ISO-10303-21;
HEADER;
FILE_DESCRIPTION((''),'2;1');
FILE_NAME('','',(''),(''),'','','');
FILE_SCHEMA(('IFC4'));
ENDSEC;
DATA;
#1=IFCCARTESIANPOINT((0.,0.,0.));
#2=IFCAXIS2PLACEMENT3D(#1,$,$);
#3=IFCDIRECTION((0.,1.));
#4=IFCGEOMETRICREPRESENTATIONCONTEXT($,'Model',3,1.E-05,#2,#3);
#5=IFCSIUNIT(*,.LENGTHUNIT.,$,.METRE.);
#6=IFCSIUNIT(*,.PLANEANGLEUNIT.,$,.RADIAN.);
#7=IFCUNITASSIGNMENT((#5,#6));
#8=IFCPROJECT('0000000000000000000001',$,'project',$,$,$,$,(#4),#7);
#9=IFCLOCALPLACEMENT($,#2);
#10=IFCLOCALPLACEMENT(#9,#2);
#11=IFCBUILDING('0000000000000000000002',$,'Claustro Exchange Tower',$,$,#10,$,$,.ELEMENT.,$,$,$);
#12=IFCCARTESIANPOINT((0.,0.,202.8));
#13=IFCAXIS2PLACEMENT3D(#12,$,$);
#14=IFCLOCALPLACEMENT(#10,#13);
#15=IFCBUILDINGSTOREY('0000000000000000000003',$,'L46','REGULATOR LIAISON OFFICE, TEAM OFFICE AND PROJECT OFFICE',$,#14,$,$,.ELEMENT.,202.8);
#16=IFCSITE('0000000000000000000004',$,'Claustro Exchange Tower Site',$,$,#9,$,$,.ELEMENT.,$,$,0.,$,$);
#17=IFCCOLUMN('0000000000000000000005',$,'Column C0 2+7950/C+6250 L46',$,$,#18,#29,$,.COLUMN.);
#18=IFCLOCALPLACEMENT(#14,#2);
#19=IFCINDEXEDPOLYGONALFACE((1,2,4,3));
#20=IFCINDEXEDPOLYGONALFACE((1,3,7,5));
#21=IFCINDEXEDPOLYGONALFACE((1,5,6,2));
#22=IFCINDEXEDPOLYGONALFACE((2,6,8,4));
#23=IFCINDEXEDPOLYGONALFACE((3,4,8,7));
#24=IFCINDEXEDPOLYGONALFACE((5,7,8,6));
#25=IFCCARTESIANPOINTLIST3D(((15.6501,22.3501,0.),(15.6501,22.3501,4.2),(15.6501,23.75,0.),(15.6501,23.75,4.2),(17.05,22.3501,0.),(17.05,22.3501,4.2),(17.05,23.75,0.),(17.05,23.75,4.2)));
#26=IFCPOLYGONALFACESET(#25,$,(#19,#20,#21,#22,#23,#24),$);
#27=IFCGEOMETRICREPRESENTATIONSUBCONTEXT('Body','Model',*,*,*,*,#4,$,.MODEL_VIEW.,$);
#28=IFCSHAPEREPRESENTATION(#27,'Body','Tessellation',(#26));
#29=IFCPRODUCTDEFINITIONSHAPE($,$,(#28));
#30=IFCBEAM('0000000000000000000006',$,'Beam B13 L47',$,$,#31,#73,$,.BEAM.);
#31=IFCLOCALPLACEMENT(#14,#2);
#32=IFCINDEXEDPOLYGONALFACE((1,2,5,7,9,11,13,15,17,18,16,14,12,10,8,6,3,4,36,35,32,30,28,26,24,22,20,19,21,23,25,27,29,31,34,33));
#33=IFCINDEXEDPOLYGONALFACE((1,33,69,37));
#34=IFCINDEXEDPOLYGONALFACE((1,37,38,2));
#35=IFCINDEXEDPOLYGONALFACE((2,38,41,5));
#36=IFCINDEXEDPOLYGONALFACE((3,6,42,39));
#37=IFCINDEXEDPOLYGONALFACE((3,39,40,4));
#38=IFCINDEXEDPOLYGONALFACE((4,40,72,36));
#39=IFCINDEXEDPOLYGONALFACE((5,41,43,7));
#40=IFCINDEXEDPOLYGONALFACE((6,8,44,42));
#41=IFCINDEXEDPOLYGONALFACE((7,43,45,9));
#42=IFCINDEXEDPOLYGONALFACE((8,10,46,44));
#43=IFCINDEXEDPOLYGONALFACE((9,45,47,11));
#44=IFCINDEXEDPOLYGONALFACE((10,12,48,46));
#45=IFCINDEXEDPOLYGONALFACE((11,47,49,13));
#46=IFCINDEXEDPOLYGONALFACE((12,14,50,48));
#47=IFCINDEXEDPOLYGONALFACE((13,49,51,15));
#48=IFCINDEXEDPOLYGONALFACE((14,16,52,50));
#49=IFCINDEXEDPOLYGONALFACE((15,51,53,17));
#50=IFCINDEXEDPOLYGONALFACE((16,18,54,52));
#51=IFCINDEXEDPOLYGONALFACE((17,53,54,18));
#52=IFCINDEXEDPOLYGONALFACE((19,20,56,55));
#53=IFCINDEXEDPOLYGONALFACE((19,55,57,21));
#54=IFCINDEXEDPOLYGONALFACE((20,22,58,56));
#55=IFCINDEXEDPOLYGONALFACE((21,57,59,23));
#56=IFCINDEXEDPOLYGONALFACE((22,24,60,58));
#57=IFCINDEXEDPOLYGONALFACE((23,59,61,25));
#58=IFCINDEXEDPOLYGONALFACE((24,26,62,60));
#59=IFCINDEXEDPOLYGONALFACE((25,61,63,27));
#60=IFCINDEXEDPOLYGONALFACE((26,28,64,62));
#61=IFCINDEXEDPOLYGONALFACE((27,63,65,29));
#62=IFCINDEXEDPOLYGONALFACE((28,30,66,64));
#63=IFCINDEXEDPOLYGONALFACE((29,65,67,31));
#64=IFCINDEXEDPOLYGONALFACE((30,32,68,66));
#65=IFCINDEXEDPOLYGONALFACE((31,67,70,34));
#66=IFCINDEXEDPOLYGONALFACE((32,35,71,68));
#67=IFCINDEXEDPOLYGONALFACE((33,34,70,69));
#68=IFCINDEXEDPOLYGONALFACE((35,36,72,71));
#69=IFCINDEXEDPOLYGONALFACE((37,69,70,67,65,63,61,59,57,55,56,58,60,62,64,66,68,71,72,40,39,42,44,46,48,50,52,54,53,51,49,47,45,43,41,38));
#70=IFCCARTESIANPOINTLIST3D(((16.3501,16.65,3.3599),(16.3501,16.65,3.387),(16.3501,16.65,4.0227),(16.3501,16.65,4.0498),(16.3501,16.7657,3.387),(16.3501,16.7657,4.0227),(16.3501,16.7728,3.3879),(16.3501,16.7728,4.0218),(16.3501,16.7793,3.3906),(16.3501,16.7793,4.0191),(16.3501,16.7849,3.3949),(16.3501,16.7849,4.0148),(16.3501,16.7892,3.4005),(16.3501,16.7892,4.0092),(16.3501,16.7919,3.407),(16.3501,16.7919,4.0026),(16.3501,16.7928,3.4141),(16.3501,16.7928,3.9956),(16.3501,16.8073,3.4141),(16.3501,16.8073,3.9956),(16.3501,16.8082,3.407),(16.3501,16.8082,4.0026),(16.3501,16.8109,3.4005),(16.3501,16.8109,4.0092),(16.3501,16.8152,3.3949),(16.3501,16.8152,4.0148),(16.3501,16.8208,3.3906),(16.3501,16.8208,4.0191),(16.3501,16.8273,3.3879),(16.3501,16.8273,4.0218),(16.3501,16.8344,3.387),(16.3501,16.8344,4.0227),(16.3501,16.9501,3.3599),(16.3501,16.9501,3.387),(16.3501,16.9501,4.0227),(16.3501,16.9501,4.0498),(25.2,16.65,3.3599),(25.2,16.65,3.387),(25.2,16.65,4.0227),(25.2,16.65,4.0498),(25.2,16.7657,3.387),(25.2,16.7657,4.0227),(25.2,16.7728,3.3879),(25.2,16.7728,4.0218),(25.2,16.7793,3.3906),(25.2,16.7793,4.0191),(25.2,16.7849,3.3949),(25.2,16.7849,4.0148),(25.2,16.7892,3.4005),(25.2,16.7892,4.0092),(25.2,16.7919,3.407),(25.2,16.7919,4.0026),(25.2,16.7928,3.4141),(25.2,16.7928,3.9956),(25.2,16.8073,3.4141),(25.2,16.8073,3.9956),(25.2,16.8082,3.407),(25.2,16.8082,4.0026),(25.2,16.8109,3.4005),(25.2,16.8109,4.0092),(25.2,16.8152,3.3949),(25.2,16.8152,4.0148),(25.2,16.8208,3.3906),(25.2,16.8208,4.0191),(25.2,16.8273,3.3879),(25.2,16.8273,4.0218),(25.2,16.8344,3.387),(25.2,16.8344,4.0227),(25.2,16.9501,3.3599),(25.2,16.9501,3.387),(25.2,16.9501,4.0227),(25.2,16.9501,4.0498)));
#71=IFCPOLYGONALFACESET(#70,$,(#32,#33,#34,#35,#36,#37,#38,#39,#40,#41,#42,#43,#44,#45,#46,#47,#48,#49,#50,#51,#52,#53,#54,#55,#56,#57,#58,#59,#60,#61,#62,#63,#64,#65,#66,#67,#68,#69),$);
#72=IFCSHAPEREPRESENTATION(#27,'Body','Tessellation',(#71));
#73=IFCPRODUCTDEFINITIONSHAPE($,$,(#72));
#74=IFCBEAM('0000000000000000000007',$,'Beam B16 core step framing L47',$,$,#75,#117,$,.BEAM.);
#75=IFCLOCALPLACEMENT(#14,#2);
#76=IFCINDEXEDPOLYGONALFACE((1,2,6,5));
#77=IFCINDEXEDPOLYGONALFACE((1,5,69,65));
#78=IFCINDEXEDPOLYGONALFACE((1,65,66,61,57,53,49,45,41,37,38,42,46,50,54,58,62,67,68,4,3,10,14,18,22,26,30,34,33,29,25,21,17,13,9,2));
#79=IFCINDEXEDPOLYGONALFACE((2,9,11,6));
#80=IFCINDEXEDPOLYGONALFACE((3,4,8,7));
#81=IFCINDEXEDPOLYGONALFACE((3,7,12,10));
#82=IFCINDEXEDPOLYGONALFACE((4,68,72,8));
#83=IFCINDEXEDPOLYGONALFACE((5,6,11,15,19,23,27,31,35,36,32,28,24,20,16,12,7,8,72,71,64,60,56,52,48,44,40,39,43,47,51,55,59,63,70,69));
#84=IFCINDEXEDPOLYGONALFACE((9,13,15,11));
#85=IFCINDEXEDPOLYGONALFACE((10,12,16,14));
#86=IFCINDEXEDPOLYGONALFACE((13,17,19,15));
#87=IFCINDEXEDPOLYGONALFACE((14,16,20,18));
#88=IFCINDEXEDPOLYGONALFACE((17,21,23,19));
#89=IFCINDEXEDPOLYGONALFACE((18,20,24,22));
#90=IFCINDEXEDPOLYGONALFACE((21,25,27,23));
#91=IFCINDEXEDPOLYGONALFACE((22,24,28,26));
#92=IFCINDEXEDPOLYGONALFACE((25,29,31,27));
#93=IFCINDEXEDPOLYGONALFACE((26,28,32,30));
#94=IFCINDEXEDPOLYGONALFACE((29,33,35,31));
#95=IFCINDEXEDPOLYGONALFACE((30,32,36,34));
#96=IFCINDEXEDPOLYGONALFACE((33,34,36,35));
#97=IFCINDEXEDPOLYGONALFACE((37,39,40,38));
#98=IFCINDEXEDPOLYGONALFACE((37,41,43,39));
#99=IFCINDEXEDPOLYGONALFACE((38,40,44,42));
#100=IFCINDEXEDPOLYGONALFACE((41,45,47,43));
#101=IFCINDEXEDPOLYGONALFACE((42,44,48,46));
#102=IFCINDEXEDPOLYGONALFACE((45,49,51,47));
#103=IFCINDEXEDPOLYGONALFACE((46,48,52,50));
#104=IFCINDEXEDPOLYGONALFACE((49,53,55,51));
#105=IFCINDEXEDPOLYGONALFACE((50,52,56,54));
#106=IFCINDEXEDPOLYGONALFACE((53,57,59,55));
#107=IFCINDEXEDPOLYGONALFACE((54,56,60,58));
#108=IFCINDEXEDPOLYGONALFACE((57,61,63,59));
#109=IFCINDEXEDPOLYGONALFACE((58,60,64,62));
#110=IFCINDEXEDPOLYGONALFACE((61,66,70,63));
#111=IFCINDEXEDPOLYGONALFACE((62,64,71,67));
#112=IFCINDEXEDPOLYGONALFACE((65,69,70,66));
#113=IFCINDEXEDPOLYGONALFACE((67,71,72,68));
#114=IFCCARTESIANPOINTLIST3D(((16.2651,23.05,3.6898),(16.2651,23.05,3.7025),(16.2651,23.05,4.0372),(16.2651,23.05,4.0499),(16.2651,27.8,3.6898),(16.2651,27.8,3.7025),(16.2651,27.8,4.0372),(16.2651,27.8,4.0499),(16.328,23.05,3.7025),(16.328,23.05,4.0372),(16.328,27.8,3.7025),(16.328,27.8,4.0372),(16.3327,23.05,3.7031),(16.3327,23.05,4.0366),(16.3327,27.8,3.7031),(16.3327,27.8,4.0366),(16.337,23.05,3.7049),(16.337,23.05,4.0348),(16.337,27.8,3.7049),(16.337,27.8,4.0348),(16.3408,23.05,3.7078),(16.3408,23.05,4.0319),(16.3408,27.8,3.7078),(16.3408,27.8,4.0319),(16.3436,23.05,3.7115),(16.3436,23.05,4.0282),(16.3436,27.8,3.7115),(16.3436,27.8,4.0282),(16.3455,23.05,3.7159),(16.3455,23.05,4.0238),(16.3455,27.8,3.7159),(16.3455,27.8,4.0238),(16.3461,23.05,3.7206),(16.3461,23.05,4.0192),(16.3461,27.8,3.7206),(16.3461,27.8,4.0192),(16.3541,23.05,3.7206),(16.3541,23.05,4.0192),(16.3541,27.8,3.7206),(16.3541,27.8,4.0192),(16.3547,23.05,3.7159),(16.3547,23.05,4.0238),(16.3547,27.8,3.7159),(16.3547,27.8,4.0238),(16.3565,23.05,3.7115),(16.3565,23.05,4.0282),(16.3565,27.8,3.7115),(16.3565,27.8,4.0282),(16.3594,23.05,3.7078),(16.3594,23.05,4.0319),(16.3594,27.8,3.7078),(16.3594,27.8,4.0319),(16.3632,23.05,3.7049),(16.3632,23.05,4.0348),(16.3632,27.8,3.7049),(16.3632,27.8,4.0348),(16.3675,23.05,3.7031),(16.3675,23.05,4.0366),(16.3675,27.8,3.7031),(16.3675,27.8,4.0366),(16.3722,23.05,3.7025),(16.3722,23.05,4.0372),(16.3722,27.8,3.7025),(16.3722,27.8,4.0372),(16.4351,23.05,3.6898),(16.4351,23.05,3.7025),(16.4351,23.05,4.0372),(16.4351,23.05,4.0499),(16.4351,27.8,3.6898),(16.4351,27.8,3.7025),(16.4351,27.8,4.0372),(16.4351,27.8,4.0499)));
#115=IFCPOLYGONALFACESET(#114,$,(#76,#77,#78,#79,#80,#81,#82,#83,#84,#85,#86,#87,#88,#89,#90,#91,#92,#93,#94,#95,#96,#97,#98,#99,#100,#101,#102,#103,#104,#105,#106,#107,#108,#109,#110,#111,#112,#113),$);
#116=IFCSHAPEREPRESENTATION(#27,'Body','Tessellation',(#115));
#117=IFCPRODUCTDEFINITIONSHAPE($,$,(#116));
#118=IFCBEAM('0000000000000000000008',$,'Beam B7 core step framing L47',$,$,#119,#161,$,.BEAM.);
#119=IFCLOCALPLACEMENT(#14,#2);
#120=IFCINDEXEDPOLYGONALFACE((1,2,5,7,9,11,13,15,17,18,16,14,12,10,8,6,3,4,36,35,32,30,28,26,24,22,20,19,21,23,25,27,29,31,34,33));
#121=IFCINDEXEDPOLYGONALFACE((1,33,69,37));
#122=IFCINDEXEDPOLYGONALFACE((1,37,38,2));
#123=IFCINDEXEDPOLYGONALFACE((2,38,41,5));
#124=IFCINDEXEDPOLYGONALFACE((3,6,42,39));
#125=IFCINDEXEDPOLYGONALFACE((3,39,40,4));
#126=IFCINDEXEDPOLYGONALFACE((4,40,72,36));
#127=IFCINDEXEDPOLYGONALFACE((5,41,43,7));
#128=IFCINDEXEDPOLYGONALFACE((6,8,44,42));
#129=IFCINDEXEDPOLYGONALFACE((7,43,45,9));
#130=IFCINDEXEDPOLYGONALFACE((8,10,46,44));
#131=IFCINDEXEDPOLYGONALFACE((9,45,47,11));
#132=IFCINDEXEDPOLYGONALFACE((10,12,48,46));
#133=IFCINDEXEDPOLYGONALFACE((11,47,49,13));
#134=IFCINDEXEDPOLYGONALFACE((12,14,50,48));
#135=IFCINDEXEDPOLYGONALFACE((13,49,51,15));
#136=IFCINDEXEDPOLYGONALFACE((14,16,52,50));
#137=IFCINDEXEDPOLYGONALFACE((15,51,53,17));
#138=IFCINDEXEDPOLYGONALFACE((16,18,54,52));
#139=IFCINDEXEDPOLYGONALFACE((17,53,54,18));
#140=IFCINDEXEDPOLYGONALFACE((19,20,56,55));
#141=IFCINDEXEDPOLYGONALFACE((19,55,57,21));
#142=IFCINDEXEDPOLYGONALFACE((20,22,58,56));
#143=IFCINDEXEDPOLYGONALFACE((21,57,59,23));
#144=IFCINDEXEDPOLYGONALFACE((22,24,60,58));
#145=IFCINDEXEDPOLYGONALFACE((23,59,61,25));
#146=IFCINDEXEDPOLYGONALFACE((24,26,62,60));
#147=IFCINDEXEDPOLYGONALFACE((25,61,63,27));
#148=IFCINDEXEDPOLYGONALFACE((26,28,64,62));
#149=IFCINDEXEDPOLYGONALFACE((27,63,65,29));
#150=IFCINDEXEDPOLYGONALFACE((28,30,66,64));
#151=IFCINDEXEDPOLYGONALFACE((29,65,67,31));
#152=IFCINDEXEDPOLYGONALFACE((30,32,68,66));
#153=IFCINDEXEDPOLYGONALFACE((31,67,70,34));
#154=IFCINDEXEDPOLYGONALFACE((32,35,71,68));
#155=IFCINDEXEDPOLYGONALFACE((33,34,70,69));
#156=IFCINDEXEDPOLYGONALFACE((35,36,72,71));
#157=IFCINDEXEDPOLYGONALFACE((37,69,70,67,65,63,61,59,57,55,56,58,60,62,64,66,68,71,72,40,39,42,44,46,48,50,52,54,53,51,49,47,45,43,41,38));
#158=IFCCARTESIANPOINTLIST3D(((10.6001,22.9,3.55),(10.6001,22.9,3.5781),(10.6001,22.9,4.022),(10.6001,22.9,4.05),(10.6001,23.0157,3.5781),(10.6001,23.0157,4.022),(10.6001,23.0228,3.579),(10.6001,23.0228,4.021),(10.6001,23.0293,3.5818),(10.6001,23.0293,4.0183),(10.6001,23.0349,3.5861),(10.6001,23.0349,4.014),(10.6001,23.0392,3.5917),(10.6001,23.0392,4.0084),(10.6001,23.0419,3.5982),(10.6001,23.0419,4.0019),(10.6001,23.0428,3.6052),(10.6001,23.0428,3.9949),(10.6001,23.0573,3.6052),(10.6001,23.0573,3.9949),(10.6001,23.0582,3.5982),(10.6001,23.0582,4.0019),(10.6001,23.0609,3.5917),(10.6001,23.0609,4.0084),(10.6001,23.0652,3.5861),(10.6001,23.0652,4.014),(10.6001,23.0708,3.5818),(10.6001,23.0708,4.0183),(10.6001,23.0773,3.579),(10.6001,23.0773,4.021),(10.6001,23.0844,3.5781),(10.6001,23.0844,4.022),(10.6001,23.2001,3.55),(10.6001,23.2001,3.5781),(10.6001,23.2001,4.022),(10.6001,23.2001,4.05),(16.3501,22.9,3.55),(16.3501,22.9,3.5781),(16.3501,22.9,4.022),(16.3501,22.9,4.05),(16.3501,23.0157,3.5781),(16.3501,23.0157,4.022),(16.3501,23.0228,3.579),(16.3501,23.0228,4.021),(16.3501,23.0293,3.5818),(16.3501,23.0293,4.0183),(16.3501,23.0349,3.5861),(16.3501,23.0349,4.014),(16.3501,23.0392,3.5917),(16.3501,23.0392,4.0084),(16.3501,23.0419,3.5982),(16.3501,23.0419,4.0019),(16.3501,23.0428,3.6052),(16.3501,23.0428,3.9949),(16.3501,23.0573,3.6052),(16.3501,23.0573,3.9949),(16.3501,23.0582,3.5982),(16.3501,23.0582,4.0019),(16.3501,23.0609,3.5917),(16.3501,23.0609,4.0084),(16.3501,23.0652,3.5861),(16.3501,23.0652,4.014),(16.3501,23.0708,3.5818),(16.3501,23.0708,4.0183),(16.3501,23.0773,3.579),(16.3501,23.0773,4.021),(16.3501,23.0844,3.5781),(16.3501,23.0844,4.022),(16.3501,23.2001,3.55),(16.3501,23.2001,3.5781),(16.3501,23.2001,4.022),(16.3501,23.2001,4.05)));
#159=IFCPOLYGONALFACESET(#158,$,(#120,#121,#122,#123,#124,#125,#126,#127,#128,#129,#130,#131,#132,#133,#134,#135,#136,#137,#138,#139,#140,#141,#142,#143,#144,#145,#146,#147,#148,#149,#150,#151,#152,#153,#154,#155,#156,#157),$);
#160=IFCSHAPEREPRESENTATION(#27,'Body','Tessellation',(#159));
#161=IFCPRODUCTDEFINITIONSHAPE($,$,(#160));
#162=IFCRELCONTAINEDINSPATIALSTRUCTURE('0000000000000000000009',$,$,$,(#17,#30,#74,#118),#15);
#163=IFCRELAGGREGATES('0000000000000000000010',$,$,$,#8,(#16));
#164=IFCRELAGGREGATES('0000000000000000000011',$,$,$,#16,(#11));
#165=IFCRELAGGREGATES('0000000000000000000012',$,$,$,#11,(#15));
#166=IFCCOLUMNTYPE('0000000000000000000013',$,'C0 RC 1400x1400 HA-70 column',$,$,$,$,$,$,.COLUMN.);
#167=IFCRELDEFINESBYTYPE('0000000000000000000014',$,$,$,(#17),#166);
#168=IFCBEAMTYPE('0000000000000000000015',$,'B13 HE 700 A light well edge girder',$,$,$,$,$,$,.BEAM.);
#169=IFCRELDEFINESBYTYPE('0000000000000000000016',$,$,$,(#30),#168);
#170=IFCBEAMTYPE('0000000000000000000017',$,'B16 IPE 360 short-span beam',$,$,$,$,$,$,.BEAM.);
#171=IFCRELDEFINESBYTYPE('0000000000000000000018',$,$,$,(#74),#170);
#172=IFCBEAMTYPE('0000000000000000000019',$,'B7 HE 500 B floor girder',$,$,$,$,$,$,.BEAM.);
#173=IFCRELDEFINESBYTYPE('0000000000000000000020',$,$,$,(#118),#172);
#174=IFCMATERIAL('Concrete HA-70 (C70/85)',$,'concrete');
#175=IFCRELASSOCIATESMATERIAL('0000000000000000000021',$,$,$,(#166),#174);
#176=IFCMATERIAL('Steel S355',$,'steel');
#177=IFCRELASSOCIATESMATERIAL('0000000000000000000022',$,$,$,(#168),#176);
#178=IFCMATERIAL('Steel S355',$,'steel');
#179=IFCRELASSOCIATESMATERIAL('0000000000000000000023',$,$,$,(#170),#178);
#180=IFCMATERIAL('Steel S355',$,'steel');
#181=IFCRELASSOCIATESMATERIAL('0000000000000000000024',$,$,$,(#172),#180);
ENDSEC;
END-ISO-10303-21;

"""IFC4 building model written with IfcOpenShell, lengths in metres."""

from ifc_helpers import new_model, si_unit, direction, frame, origin, origin_2d, place, context, subcontext, project, spatial, rectangle, i_section, extrude, material, material_profile, profile_set, type_object, element, save


model = new_model("IFC4")

# Units and contexts
model_context = context("Model", 3, precision=1e-05, world=origin(), true_north=direction((0.0, 1.0)))
body_context = subcontext(model_context, "Body", "Model", "MODEL_VIEW")
ifc_project = project(units=[si_unit("LENGTHUNIT", "METRE"), si_unit("PLANEANGLEUNIT", "RADIAN")], contexts=[model_context])

# Site, building, storey
site_placement = place(None, origin())
site = spatial("IfcSite", under=ifc_project, at=site_placement, Name="Claustro Exchange Tower Site", CompositionType="ELEMENT", RefElevation=0.0)
building_placement = place(site_placement, origin())
building = spatial("IfcBuilding", under=site, at=building_placement, Name="Claustro Exchange Tower", CompositionType="ELEMENT")
storey_placement = place(building_placement, frame((0.0, 0.0, 202.8)))
storey = spatial("IfcBuildingStorey", under=building, at=storey_placement, Name="L46", Description="REGULATOR LIAISON OFFICE, TEAM OFFICE AND PROJECT OFFICE", CompositionType="ELEMENT", Elevation=202.8)

# Column
ifc_material_1 = material(Name="Concrete HA-70 (C70/85)", Category="concrete")
ifc_material_profile_1 = material_profile(ifc_material_1, rectangle(XDim=1.3999, YDim=1.3999, at=origin_2d()), Name="RC 1400x1400")
ifc_profile_set_1 = profile_set([ifc_material_profile_1], Name="Concrete HA-70 (C70/85)")
column_type = type_object("IfcColumnType", Name="C0 RC 1400x1400 HA-70 column", PredefinedType="COLUMN", material=ifc_profile_set_1)
column_placement = place(storey_placement, frame((16.3501, 23.05, 0.0), z_axis=(0.0, 0.0, 1.0), x_axis=(1.0, 0.0, 0.0)))
element("IfcColumn", 1, at=column_placement, inside=storey, type_object=column_type, Name="Column C0 2+7950/C+6250 L46", PredefinedType="COLUMN", context=body_context, shape_type="SweptSolid", body=[
    extrude(rectangle(XDim=1.3999, YDim=1.3999, at=origin_2d()), origin(), (0.0, 0.0, 1.0), 4.2),
])

# Beams
ifc_material_2 = material(Name="Steel S355", Category="steel")
ifc_material_profile_2 = material_profile(ifc_material_2, i_section(OverallWidth=0.3, OverallDepth=0.6899, WebThickness=0.0144, FlangeThickness=0.0271, FilletRadius=0.0271, at=origin_2d()), Name="HE 700 A")
ifc_profile_set_2 = profile_set([ifc_material_profile_2], Name="Steel S355")
beam_type_1 = type_object("IfcBeamType", Name="B13 HE 700 A light well edge girder", PredefinedType="BEAM", material=ifc_profile_set_2)
beam_1_placement = place(storey_placement, frame((16.3501, 16.8, 3.7048), z_axis=(1.0, 0.0, 0.0), x_axis=(0.0, 1.0, 0.0)))
element("IfcBeam", 2, at=beam_1_placement, inside=storey, type_object=beam_type_1, Name="Beam B13 L47", PredefinedType="BEAM", context=body_context, shape_type="SweptSolid", body=[
    extrude(i_section(OverallWidth=0.3, OverallDepth=0.6899, WebThickness=0.0144, FlangeThickness=0.0271, FilletRadius=0.0271, at=origin_2d()), origin(), (0.0, 0.0, 1.0), 8.8499),
])
ifc_material_3 = material(Name="Steel S355", Category="steel")
ifc_material_profile_3 = material_profile(ifc_material_3, i_section(OverallWidth=0.1699, OverallDepth=0.3601, WebThickness=0.0081, FlangeThickness=0.0127, FilletRadius=0.0181, at=origin_2d()), Name="IPE 360")
ifc_profile_set_3 = profile_set([ifc_material_profile_3], Name="Steel S355")
beam_type_2 = type_object("IfcBeamType", Name="B16 IPE 360 short-span beam", PredefinedType="BEAM", material=ifc_profile_set_3)
beam_2_placement = place(storey_placement, frame((16.3501, 23.05, 3.8699), z_axis=(0.0, 1.0, 0.0), x_axis=(-1.0, 0.0, 0.0)))
element("IfcBeam", 3, at=beam_2_placement, inside=storey, type_object=beam_type_2, Name="Beam B16 core step framing L47", PredefinedType="BEAM", context=body_context, shape_type="SweptSolid", body=[
    extrude(i_section(OverallWidth=0.1699, OverallDepth=0.3601, WebThickness=0.0081, FlangeThickness=0.0127, FilletRadius=0.0181, at=origin_2d()), origin(), (0.0, 0.0, 1.0), 4.75),
])
ifc_material_4 = material(Name="Steel S355", Category="steel")
ifc_material_profile_4 = material_profile(ifc_material_4, i_section(OverallWidth=0.3, OverallDepth=0.5, WebThickness=0.0144, FlangeThickness=0.0281, FilletRadius=0.0271, at=origin_2d()), Name="HE 500 B")
ifc_profile_set_4 = profile_set([ifc_material_profile_4], Name="Steel S355")
beam_type_3 = type_object("IfcBeamType", Name="B7 HE 500 B floor girder", PredefinedType="BEAM", material=ifc_profile_set_4)
beam_3_placement = place(storey_placement, frame((10.6001, 23.05, 3.8), z_axis=(1.0, 0.0, 0.0), x_axis=(0.0, 1.0, 0.0)))
element("IfcBeam", 4, at=beam_3_placement, inside=storey, type_object=beam_type_3, Name="Beam B7 core step framing L47", PredefinedType="BEAM", context=body_context, shape_type="SweptSolid", body=[
    extrude(i_section(OverallWidth=0.3, OverallDepth=0.5, WebThickness=0.0144, FlangeThickness=0.0281, FilletRadius=0.0271, at=origin_2d()), origin(), (0.0, 0.0, 1.0), 5.75),
])

save(model, "model.ifc")
